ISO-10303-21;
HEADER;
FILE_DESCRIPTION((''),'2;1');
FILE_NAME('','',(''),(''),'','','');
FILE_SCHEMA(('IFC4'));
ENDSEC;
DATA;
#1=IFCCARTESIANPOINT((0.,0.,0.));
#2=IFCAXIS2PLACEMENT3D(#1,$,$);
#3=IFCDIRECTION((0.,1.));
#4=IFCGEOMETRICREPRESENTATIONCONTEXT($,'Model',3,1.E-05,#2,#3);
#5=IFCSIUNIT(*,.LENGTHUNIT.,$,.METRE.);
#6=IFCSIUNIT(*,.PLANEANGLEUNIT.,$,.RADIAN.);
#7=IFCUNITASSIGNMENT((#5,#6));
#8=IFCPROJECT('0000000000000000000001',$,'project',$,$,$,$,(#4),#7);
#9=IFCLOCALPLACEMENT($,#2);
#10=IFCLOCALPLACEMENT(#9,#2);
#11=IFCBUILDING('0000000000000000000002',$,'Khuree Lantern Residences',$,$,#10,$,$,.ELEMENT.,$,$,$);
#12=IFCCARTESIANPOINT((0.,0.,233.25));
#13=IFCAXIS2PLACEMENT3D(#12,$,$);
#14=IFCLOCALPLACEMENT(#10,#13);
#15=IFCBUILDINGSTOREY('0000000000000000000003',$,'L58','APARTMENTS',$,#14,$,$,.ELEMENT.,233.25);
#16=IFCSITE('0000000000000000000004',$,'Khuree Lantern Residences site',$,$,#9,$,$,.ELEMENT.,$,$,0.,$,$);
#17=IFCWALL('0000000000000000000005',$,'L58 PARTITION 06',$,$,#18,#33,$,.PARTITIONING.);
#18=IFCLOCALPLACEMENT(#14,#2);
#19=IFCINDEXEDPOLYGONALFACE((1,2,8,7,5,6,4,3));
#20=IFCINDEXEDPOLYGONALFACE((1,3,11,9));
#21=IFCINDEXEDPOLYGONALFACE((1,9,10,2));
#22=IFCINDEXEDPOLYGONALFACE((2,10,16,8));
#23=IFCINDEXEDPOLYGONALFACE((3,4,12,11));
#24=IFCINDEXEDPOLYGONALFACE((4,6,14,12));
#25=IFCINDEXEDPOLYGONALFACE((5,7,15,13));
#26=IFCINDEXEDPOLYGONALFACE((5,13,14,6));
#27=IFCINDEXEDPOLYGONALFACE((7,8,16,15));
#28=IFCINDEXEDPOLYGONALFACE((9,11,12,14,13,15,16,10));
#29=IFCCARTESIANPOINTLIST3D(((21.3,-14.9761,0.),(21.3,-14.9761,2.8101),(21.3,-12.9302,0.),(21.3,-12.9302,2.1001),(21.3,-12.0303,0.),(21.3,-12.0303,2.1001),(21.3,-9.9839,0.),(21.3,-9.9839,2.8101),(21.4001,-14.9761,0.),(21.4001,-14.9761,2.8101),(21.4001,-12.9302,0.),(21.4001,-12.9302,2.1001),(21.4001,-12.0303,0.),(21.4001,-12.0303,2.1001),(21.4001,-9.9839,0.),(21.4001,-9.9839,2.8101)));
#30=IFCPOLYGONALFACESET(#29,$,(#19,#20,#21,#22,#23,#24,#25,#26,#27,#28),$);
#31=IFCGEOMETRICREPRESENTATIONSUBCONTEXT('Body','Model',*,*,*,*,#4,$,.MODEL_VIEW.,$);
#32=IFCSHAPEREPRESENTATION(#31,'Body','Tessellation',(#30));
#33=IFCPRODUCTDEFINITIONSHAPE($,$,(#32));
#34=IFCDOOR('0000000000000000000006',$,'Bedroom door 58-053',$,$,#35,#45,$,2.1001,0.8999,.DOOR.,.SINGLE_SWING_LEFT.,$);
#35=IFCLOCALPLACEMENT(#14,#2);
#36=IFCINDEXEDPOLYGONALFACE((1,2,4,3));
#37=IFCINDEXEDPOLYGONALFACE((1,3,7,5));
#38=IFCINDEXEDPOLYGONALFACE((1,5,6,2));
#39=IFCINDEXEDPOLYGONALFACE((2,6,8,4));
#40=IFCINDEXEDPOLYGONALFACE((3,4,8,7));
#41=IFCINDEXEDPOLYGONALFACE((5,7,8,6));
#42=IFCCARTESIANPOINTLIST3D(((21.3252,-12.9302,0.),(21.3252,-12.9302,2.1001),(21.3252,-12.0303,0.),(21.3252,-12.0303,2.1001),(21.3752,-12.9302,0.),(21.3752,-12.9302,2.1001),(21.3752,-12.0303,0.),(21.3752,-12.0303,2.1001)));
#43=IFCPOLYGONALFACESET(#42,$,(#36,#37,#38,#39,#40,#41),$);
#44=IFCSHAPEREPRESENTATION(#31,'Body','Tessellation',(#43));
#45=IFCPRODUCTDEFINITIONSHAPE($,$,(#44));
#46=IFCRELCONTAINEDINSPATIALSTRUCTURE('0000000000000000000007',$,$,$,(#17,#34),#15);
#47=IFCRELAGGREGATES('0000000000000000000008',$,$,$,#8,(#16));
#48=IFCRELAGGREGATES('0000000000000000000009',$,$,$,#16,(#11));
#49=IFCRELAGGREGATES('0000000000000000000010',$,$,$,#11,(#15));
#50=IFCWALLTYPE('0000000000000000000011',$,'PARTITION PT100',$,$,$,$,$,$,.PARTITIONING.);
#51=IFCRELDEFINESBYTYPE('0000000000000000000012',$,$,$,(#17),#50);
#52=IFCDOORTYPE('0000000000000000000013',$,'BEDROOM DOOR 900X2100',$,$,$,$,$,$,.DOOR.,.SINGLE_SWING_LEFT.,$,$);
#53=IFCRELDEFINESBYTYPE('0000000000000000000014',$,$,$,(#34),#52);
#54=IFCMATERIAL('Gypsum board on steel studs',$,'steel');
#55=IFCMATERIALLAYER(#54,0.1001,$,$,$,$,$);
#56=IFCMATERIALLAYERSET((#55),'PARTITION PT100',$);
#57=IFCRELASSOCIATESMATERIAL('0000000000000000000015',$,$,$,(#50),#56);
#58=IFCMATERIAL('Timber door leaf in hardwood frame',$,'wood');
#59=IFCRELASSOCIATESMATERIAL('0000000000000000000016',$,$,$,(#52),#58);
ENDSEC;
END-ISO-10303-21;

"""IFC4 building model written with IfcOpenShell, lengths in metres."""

from ifc_helpers import new_model, si_unit, direction, frame, frame_2d, origin, place, context, subcontext, project, spatial, rectangle, extrude, material, layer, layer_set, type_object, element, fill, save


model = new_model("IFC4")

# Units and contexts
model_context = context("Model", 3, precision=1e-05, world=origin(), true_north=direction((0.0, 1.0)))
body_context = subcontext(model_context, "Body", "Model", "MODEL_VIEW")
ifc_project = project(units=[si_unit("LENGTHUNIT", "METRE"), si_unit("PLANEANGLEUNIT", "RADIAN")], contexts=[model_context])

# Site, building, storey
site_placement = place(None, origin())
site = spatial("IfcSite", under=ifc_project, at=site_placement, Name="Khuree Lantern Residences site", CompositionType="ELEMENT", RefElevation=0.0)
building_placement = place(site_placement, origin())
building = spatial("IfcBuilding", under=site, at=building_placement, Name="Khuree Lantern Residences", CompositionType="ELEMENT")
storey_placement = place(building_placement, frame((0.0, 0.0, 233.25)))
storey = spatial("IfcBuildingStorey", under=building, at=storey_placement, Name="L58", Description="APARTMENTS", CompositionType="ELEMENT", Elevation=233.25)

# Shared definitions
ifc_material_1 = material(Name="Timber door leaf in hardwood frame", Category="wood")

# Shared definitions
ifc_material_2 = material(Name="Gypsum board on steel studs", Category="steel")

# Shared definitions
ifc_layer_1 = layer(ifc_material_2, 0.1001)
ifc_layer_set_1 = layer_set([ifc_layer_1], Name="PARTITION PT100")
wall_type_1 = type_object("IfcWallType", Name="PARTITION PT100", PredefinedType="PARTITIONING", material=ifc_layer_set_1)

# Wall, opening, door
door_type_1 = type_object("IfcDoorType", Name="BEDROOM DOOR 900X2100", OperationType="SINGLE_SWING_LEFT", PredefinedType="DOOR", material=ifc_material_1)
wall_1_placement = place(storey_placement, frame((21.3501, -14.9761, 0.0), z_axis=(0.0, 0.0, 1.0), x_axis=(0.0, 1.0, 0.0)))
wall_1 = element("IfcWall", 1, at=wall_1_placement, inside=storey, type_object=wall_type_1, Name="L58 PARTITION 06", PredefinedType="PARTITIONING", context=body_context, shape_type="SweptSolid", body=[
    extrude(rectangle(XDim=4.9922, YDim=0.1001, at=frame_2d((2.4961, 0.0))), origin(), (0.0, 0.0, 1.0), 2.8101),
])
opening_1_placement = place(wall_1_placement, frame((2.0459, 0.0, 0.0)))
opening_1 = element("IfcOpeningElement", 2, at=opening_1_placement, cuts=wall_1, PredefinedType="OPENING", context=body_context, shape_type="SweptSolid", body=[
    extrude(rectangle(XDim=0.8999, YDim=2.1001, at=frame_2d((0.45, 1.05))), frame((0.0, 0.0601, 0.0), z_axis=(0.0, -1.0, 0.0), x_axis=(1.0, 0.0, 0.0)), (0.0, 0.0, 1.0), 0.1201),
])
door_1_placement = place(opening_1_placement, origin())
door_1 = element("IfcDoor", 3, at=door_1_placement, inside=storey, type_object=door_type_1, Name="Bedroom door 58-053", OperationType="SINGLE_SWING_LEFT", OverallHeight=2.1001, OverallWidth=0.8999, PredefinedType="DOOR", context=body_context, shape_type="SweptSolid", body=[
    extrude(rectangle(XDim=0.8999, YDim=2.1001, at=frame_2d((0.45, 1.05))), frame((0.0, 0.0249, 0.0), z_axis=(0.0, -1.0, 0.0), x_axis=(1.0, 0.0, 0.0)), (0.0, 0.0, 1.0), 0.05),
])
fill(opening_1, door_1)

save(model, "model.ifc")
